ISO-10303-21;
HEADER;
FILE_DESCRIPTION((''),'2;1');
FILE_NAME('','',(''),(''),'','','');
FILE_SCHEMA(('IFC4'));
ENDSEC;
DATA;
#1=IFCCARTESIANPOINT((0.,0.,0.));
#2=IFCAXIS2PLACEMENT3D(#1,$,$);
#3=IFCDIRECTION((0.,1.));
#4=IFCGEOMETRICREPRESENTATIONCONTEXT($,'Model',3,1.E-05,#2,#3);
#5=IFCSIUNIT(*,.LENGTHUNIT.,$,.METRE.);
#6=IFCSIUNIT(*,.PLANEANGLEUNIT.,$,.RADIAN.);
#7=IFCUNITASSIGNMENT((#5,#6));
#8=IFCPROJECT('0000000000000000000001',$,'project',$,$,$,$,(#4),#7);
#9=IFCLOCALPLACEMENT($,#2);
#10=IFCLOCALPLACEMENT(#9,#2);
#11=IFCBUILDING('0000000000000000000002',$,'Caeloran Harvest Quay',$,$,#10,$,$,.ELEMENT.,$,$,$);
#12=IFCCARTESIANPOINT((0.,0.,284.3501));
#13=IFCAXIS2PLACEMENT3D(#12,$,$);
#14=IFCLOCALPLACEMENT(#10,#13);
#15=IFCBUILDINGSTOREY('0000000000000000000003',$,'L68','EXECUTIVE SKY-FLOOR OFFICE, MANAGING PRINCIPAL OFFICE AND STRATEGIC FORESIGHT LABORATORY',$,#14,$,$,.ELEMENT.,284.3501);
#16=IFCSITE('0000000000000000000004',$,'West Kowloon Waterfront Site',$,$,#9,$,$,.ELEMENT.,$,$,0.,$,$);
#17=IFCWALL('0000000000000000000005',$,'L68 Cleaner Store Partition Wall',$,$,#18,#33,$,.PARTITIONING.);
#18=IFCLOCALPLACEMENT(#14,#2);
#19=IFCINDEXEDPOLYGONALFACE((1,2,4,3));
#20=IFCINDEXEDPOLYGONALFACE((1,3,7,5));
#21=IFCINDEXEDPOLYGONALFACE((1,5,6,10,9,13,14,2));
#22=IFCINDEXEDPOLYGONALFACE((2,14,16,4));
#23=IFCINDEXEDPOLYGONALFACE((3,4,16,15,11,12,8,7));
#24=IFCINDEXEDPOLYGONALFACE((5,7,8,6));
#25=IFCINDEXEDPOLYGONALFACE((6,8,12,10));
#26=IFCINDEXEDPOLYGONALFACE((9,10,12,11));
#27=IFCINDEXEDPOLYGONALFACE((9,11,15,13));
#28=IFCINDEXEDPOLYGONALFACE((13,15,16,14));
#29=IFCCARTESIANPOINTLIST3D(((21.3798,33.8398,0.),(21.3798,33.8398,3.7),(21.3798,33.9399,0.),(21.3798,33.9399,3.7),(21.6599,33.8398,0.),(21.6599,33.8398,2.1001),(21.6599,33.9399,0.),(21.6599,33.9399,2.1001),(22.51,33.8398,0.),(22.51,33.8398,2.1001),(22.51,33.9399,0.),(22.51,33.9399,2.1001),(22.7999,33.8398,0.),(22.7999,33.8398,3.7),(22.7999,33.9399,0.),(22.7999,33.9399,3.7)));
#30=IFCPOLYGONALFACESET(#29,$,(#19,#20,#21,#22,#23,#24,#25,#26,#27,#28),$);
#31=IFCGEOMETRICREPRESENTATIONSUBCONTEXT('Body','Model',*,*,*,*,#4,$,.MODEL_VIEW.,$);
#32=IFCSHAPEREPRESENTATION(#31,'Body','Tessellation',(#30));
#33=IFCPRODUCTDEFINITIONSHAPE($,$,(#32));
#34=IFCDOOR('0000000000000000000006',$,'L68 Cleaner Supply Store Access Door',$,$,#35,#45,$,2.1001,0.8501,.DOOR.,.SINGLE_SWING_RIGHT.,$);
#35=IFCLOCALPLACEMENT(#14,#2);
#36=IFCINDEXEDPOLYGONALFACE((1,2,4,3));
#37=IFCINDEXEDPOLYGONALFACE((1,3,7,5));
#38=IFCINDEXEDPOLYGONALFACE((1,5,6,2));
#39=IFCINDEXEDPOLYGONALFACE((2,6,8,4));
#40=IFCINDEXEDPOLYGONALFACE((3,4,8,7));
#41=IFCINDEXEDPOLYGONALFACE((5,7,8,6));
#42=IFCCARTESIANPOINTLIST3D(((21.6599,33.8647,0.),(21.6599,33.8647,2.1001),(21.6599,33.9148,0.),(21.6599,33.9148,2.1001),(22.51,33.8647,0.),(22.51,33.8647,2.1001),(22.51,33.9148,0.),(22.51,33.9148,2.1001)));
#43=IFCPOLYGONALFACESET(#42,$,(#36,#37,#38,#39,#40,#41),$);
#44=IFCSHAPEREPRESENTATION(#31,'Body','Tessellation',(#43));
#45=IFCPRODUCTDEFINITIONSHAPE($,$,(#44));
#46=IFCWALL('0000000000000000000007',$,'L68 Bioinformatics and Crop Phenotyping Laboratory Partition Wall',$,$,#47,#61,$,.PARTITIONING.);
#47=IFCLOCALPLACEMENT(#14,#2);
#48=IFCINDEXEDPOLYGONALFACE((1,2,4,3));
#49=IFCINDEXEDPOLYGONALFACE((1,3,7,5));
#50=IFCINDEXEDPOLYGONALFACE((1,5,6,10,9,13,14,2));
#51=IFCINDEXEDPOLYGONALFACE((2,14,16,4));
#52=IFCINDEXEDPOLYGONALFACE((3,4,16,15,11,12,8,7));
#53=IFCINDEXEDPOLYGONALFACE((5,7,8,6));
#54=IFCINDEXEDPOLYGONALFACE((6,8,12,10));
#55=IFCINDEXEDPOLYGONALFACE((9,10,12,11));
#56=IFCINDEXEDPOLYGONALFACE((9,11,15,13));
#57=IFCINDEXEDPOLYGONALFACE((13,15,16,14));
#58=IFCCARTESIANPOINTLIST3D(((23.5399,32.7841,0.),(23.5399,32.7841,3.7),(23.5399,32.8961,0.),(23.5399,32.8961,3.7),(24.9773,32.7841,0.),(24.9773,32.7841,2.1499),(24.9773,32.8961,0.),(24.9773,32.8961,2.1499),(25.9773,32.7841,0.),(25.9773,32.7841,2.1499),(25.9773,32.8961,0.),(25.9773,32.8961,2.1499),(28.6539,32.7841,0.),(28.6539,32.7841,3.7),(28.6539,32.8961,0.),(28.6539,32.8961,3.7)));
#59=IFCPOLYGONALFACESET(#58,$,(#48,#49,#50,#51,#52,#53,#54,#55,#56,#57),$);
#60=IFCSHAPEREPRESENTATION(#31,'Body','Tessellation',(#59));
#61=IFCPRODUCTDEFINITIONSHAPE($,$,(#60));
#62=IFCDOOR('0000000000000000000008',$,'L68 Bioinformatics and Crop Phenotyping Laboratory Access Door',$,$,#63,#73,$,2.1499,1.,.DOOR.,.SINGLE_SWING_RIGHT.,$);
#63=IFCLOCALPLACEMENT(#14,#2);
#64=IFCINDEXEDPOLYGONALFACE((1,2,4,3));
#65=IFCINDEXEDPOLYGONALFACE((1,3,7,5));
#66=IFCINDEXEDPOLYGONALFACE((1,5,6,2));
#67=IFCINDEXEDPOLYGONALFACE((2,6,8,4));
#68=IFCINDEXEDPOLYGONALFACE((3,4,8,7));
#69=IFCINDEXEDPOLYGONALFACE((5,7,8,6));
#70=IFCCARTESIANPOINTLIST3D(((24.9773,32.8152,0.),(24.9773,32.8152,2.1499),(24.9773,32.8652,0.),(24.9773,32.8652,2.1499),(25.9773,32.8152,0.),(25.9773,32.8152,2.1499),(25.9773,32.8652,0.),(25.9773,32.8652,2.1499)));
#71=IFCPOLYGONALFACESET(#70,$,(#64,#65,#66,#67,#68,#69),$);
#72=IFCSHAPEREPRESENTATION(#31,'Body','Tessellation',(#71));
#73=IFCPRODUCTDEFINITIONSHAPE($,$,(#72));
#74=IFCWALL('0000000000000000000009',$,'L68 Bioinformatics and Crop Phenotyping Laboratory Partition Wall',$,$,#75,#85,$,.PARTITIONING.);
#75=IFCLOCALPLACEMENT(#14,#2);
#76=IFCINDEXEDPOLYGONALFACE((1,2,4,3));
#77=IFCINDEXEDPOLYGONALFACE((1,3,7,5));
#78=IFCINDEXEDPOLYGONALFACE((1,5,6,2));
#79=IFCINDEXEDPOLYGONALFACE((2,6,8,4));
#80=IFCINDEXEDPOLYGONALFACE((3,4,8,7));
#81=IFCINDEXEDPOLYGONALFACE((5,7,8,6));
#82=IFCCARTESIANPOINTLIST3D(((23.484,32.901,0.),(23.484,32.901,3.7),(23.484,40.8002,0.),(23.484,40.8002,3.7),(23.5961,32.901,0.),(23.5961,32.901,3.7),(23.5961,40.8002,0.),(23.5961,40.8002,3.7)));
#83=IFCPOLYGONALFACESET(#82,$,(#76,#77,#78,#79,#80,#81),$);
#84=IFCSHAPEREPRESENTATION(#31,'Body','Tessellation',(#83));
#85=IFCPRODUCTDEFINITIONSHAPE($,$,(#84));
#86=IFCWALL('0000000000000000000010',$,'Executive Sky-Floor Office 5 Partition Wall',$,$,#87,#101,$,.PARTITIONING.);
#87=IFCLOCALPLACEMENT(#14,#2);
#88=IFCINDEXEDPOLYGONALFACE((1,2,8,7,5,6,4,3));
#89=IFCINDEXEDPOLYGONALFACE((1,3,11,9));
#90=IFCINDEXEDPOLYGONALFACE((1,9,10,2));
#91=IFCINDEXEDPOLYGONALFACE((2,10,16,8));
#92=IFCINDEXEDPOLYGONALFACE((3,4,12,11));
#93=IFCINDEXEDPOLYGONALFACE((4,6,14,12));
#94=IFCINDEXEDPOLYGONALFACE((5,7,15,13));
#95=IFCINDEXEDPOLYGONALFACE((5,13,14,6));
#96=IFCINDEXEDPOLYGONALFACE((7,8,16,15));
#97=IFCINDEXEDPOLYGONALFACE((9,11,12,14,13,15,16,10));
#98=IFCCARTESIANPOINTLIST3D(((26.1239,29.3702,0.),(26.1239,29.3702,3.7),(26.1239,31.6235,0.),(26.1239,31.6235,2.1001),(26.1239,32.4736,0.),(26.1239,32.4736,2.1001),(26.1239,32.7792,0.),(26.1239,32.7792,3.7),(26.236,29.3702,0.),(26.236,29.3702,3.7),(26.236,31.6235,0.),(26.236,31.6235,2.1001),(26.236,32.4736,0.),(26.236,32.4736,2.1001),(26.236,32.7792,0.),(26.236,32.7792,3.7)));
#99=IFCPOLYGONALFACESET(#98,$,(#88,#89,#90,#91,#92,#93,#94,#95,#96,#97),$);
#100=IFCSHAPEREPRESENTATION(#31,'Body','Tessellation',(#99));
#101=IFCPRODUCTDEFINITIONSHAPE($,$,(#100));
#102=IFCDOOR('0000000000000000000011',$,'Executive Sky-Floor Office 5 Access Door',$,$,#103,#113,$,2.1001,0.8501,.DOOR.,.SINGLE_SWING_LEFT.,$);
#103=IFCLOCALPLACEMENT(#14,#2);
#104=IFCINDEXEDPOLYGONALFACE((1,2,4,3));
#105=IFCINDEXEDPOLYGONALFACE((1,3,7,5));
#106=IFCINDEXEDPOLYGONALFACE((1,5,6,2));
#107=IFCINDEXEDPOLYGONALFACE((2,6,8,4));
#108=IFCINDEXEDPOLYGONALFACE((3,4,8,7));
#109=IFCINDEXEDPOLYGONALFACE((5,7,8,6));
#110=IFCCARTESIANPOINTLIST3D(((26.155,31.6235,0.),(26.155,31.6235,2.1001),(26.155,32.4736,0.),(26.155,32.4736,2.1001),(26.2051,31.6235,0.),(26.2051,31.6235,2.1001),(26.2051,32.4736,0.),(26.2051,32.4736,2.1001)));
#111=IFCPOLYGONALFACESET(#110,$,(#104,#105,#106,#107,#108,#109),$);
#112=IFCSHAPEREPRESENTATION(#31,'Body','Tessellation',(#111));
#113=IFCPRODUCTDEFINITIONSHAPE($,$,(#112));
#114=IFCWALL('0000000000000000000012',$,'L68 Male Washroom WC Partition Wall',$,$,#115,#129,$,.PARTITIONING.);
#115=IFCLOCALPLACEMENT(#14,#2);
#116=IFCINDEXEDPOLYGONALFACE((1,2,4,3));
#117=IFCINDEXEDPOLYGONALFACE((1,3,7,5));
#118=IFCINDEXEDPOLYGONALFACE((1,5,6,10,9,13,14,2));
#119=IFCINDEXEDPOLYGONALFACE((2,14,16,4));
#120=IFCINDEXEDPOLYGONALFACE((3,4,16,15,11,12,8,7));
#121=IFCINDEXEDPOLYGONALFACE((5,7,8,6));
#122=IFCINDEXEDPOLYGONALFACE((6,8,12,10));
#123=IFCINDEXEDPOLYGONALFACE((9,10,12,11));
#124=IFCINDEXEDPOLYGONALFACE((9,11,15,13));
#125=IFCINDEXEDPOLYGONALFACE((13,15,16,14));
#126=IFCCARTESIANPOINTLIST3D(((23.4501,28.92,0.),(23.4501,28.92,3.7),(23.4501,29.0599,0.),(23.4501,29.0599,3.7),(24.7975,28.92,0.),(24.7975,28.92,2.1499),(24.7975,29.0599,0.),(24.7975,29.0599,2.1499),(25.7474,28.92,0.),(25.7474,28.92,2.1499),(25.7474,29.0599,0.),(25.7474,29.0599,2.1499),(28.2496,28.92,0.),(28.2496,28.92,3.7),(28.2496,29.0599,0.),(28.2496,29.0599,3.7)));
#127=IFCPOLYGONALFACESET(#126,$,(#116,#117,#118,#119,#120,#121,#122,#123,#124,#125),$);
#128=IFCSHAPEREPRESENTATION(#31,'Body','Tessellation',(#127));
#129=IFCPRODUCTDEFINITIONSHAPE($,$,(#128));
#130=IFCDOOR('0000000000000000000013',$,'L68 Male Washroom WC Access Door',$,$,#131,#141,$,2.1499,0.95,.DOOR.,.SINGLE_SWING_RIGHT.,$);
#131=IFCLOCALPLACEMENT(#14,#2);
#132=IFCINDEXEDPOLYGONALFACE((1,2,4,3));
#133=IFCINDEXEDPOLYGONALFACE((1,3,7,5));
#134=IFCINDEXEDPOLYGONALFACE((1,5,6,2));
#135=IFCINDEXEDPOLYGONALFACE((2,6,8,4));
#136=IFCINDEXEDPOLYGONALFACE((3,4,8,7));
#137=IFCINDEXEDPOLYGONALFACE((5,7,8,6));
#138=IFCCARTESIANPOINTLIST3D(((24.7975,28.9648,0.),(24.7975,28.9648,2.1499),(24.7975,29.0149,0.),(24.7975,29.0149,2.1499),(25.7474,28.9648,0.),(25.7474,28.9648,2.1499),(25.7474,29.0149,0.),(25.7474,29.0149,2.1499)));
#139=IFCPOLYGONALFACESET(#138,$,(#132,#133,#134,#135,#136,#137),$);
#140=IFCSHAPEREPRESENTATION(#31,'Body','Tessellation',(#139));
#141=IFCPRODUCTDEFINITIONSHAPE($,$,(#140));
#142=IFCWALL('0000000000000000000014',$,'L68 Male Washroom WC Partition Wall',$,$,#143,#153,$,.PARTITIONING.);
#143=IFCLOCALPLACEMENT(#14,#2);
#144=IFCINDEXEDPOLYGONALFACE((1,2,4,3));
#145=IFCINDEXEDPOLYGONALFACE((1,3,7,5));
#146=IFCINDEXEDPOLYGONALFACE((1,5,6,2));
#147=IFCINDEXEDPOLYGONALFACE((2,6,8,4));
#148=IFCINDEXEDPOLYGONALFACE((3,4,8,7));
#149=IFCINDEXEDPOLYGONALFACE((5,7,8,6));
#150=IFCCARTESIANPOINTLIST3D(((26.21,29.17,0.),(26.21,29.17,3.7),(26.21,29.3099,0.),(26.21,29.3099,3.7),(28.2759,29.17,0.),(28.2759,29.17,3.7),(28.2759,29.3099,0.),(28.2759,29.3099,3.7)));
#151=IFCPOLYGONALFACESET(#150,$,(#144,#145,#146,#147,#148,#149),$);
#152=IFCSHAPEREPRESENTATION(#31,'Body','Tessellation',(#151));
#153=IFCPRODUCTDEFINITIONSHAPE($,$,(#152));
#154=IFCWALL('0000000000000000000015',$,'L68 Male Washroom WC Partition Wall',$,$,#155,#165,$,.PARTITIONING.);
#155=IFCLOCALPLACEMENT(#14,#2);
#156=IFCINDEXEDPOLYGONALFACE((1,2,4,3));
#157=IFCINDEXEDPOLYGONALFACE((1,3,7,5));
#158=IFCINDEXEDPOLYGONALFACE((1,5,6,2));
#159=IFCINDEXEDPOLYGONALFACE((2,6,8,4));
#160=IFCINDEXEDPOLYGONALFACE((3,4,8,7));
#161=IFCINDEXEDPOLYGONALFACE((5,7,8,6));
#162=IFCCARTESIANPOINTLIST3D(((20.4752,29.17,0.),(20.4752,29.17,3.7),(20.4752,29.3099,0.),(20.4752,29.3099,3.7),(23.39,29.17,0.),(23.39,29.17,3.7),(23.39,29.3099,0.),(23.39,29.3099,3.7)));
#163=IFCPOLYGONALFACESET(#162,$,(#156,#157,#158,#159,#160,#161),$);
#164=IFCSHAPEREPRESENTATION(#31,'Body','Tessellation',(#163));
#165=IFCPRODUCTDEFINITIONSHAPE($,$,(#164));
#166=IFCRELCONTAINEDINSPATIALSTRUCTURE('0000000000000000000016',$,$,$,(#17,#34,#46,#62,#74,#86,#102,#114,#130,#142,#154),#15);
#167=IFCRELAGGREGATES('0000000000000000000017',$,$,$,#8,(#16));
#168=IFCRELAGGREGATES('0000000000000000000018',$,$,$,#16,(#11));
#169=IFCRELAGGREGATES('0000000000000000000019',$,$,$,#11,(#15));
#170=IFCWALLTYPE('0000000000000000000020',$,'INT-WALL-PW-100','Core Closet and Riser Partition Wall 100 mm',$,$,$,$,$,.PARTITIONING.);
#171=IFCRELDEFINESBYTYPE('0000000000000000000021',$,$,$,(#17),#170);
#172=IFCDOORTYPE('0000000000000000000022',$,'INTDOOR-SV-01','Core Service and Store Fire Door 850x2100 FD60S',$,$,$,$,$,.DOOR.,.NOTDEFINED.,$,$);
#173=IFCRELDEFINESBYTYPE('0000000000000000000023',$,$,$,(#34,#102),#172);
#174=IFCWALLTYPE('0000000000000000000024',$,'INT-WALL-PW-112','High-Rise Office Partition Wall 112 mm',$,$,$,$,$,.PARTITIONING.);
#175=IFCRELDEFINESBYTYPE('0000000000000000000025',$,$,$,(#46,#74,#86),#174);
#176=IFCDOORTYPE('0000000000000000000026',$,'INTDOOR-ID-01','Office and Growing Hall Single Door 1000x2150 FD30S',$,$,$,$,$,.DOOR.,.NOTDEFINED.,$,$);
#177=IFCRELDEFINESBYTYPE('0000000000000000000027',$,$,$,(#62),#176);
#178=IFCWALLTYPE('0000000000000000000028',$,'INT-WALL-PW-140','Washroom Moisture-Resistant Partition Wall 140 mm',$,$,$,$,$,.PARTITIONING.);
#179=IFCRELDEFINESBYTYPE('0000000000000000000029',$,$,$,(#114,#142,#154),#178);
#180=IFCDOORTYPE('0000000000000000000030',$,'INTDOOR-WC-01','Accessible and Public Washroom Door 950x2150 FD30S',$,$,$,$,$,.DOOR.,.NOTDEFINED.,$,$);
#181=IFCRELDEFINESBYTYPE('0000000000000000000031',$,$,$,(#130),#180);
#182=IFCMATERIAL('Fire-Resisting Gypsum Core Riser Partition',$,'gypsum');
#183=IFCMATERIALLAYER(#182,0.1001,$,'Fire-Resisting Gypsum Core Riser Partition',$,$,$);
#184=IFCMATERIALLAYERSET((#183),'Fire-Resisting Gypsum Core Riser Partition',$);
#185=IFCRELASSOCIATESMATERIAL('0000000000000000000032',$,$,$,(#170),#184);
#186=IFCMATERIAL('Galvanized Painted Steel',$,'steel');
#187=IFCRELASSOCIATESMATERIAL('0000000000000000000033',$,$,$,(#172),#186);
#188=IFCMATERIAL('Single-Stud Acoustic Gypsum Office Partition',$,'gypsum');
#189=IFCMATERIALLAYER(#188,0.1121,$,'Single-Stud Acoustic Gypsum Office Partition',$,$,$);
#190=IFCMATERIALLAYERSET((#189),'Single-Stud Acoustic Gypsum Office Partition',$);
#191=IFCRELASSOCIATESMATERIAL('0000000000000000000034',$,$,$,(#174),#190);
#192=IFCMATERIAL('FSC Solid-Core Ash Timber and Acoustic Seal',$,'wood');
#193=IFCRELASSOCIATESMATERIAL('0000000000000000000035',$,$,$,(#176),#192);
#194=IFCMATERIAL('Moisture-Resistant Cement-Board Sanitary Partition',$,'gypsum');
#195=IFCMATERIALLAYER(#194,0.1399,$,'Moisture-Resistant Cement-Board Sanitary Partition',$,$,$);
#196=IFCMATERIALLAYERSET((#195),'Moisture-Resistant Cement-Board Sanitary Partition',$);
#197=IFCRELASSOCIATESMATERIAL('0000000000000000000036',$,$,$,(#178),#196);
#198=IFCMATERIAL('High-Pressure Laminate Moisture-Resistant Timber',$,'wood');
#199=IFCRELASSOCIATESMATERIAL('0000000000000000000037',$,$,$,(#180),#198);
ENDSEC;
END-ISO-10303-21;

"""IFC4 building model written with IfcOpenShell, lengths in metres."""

from ifc_helpers import new_model, si_unit, direction, frame, frame_2d, origin, place, context, subcontext, project, spatial, rectangle, extrude, material, layer, layer_set, type_object, element, fill, save


model = new_model("IFC4")

# Units and contexts
model_context = context("Model", 3, precision=1e-05, world=origin(), true_north=direction((0.0, 1.0)))
body_context = subcontext(model_context, "Body", "Model", "MODEL_VIEW")
ifc_project = project(units=[si_unit("LENGTHUNIT", "METRE"), si_unit("PLANEANGLEUNIT", "RADIAN")], contexts=[model_context])

# Site, building, storey
site_placement = place(None, origin())
site = spatial("IfcSite", under=ifc_project, at=site_placement, Name="West Kowloon Waterfront Site", CompositionType="ELEMENT", RefElevation=0.0)
building_placement = place(site_placement, origin())
building = spatial("IfcBuilding", under=site, at=building_placement, Name="Caeloran Harvest Quay", CompositionType="ELEMENT")
storey_placement = place(building_placement, frame((0.0, 0.0, 284.3501)))
storey = spatial("IfcBuildingStorey", under=building, at=storey_placement, Name="L68", Description="EXECUTIVE SKY-FLOOR OFFICE, MANAGING PRINCIPAL OFFICE AND STRATEGIC FORESIGHT LABORATORY", CompositionType="ELEMENT", Elevation=284.3501)

# Walls, openings, doors
ifc_material_1 = material(Name="Fire-Resisting Gypsum Core Riser Partition", Category="gypsum")
ifc_layer_1 = layer(ifc_material_1, 0.1001, Name="Fire-Resisting Gypsum Core Riser Partition")
ifc_layer_set_1 = layer_set([ifc_layer_1], Name="Fire-Resisting Gypsum Core Riser Partition")
wall_type_1 = type_object("IfcWallType", Name="INT-WALL-PW-100", Description="Core Closet and Riser Partition Wall 100 mm", PredefinedType="PARTITIONING", material=ifc_layer_set_1)
wall_1_placement = place(storey_placement, frame((21.3799, 33.8899, 0.0), z_axis=(0.0, 0.0, 1.0), x_axis=(1.0, 0.0, 0.0)))
wall_1 = element("IfcWall", 1, at=wall_1_placement, inside=storey, type_object=wall_type_1, Name="L68 Cleaner Store Partition Wall", PredefinedType="PARTITIONING", context=body_context, shape_type="SweptSolid", body=[
    extrude(rectangle(XDim=1.4202, YDim=0.1001, at=frame_2d((0.71, 0.0))), origin(), (0.0, 0.0, 1.0), 3.7),
])
opening_1_placement = place(wall_1_placement, frame((0.28, 0.0, 0.0)))
opening_1 = element("IfcOpeningElement", 2, at=opening_1_placement, cuts=wall_1, PredefinedType="OPENING", context=body_context, shape_type="SweptSolid", body=[
    extrude(rectangle(XDim=0.8501, YDim=2.1001, at=frame_2d((0.425, 1.05))), frame((0.0, 0.0601, 0.0), z_axis=(0.0, -1.0, 0.0), x_axis=(1.0, 0.0, 0.0)), (0.0, 0.0, 1.0), 0.1201),
])
ifc_material_2 = material(Name="Galvanized Painted Steel", Category="steel")
door_type_1 = type_object("IfcDoorType", Name="INTDOOR-SV-01", Description="Core Service and Store Fire Door 850x2100 FD60S", OperationType="NOTDEFINED", PredefinedType="DOOR", material=ifc_material_2)
door_1_placement = place(opening_1_placement, origin())
door_1 = element("IfcDoor", 3, at=door_1_placement, inside=storey, type_object=door_type_1, Name="L68 Cleaner Supply Store Access Door", OperationType="SINGLE_SWING_RIGHT", OverallHeight=2.1001, OverallWidth=0.8501, PredefinedType="DOOR", context=body_context, shape_type="SweptSolid", body=[
    extrude(rectangle(XDim=0.8501, YDim=2.1001, at=frame_2d((0.425, 1.05))), frame((0.0, 0.0249, 0.0), z_axis=(0.0, -1.0, 0.0), x_axis=(1.0, 0.0, 0.0)), (0.0, 0.0, 1.0), 0.05),
])
fill(opening_1, door_1)
ifc_material_3 = material(Name="Single-Stud Acoustic Gypsum Office Partition", Category="gypsum")
ifc_layer_2 = layer(ifc_material_3, 0.1121, Name="Single-Stud Acoustic Gypsum Office Partition")
ifc_layer_set_2 = layer_set([ifc_layer_2], Name="Single-Stud Acoustic Gypsum Office Partition")
wall_type_2 = type_object("IfcWallType", Name="INT-WALL-PW-112", Description="High-Rise Office Partition Wall 112 mm", PredefinedType="PARTITIONING", material=ifc_layer_set_2)
wall_2_placement = place(storey_placement, frame((28.6541, 32.8401, 0.0), z_axis=(0.0, 0.0, 1.0), x_axis=(-1.0, 0.0, 0.0)))
wall_2 = element("IfcWall", 4, at=wall_2_placement, inside=storey, type_object=wall_type_2, Name="L68 Bioinformatics and Crop Phenotyping Laboratory Partition Wall", PredefinedType="PARTITIONING", context=body_context, shape_type="SweptSolid", body=[
    extrude(rectangle(XDim=5.114, YDim=0.1121, at=frame_2d((2.5571, 0.0))), origin(), (0.0, 0.0, 1.0), 3.7),
])
opening_2_placement = place(wall_2_placement, frame((2.6768, 0.0, 0.0)))
opening_2 = element("IfcOpeningElement", 5, at=opening_2_placement, cuts=wall_2, PredefinedType="OPENING", context=body_context, shape_type="SweptSolid", body=[
    extrude(rectangle(XDim=1.0, YDim=2.1499, at=frame_2d((0.5, 1.075))), frame((0.0, 0.0659, 0.0), z_axis=(0.0, -1.0, 0.0), x_axis=(1.0, 0.0, 0.0)), (0.0, 0.0, 1.0), 0.1321),
])
ifc_material_4 = material(Name="FSC Solid-Core Ash Timber and Acoustic Seal", Category="wood")
door_type_2 = type_object("IfcDoorType", Name="INTDOOR-ID-01", Description="Office and Growing Hall Single Door 1000x2150 FD30S", OperationType="NOTDEFINED", PredefinedType="DOOR", material=ifc_material_4)
door_2_placement = place(opening_2_placement, origin())
door_2 = element("IfcDoor", 6, at=door_2_placement, inside=storey, type_object=door_type_2, Name="L68 Bioinformatics and Crop Phenotyping Laboratory Access Door", OperationType="SINGLE_SWING_RIGHT", OverallHeight=2.1499, OverallWidth=1.0, PredefinedType="DOOR", context=body_context, shape_type="SweptSolid", body=[
    extrude(rectangle(XDim=1.0, YDim=2.1499, at=frame_2d((0.5, 1.075))), frame((0.0, 0.0249, 0.0), z_axis=(0.0, -1.0, 0.0), x_axis=(1.0, 0.0, 0.0)), (0.0, 0.0, 1.0), 0.05),
])
fill(opening_2, door_2)

# Wall
wall_3_placement = place(storey_placement, frame((23.54, 32.9009, 0.0), z_axis=(0.0, 0.0, 1.0), x_axis=(0.0, 1.0, 0.0)))
element("IfcWall", 7, at=wall_3_placement, inside=storey, type_object=wall_type_2, Name="L68 Bioinformatics and Crop Phenotyping Laboratory Partition Wall", PredefinedType="PARTITIONING", context=body_context, shape_type="SweptSolid", body=[
    extrude(rectangle(XDim=7.8992, YDim=0.1121, at=frame_2d((3.9497, 0.0))), origin(), (0.0, 0.0, 1.0), 3.7),
])

# Walls, openings, doors
wall_4_placement = place(storey_placement, frame((26.1799, 29.3701, 0.0), z_axis=(0.0, 0.0, 1.0), x_axis=(0.0, 1.0, 0.0)))
wall_4 = element("IfcWall", 8, at=wall_4_placement, inside=storey, type_object=wall_type_2, Name="Executive Sky-Floor Office 5 Partition Wall", PredefinedType="PARTITIONING", context=body_context, shape_type="SweptSolid", body=[
    extrude(rectangle(XDim=3.4089, YDim=0.1121, at=frame_2d((1.7046, 0.0))), origin(), (0.0, 0.0, 1.0), 3.7),
])
opening_3_placement = place(wall_4_placement, frame((2.2534, 0.0, 0.0)))
opening_3 = element("IfcOpeningElement", 9, at=opening_3_placement, cuts=wall_4, PredefinedType="OPENING", context=body_context, shape_type="SweptSolid", body=[
    extrude(rectangle(XDim=0.8501, YDim=2.1001, at=frame_2d((0.425, 1.05))), frame((0.0, 0.0659, 0.0), z_axis=(0.0, -1.0, 0.0), x_axis=(1.0, 0.0, 0.0)), (0.0, 0.0, 1.0), 0.1321),
])
door_3_placement = place(opening_3_placement, origin())
door_3 = element("IfcDoor", 10, at=door_3_placement, inside=storey, type_object=door_type_1, Name="Executive Sky-Floor Office 5 Access Door", OperationType="SINGLE_SWING_LEFT", OverallHeight=2.1001, OverallWidth=0.8501, PredefinedType="DOOR", context=body_context, shape_type="SweptSolid", body=[
    extrude(rectangle(XDim=0.8501, YDim=2.1001, at=frame_2d((0.425, 1.05))), frame((0.0, 0.0249, 0.0), z_axis=(0.0, -1.0, 0.0), x_axis=(1.0, 0.0, 0.0)), (0.0, 0.0, 1.0), 0.05),
])
fill(opening_3, door_3)
ifc_material_5 = material(Name="Moisture-Resistant Cement-Board Sanitary Partition", Category="gypsum")
ifc_layer_3 = layer(ifc_material_5, 0.1399, Name="Moisture-Resistant Cement-Board Sanitary Partition")
ifc_layer_set_3 = layer_set([ifc_layer_3], Name="Moisture-Resistant Cement-Board Sanitary Partition")
wall_type_3 = type_object("IfcWallType", Name="INT-WALL-PW-140", Description="Washroom Moisture-Resistant Partition Wall 140 mm", PredefinedType="PARTITIONING", material=ifc_layer_set_3)
wall_5_placement = place(storey_placement, frame((23.45, 28.99, 0.0), z_axis=(0.0, 0.0, 1.0), x_axis=(1.0, 0.0, 0.0)))
wall_5 = element("IfcWall", 11, at=wall_5_placement, inside=storey, type_object=wall_type_3, Name="L68 Male Washroom WC Partition Wall", PredefinedType="PARTITIONING", context=body_context, shape_type="SweptSolid", body=[
    extrude(rectangle(XDim=4.7996, YDim=0.1399, at=frame_2d((2.3999, 0.0))), origin(), (0.0, 0.0, 1.0), 3.7),
])
opening_4_placement = place(wall_5_placement, frame((1.3474, 0.0, 0.0)))
opening_4 = element("IfcOpeningElement", 12, at=opening_4_placement, cuts=wall_5, PredefinedType="OPENING", context=body_context, shape_type="SweptSolid", body=[
    extrude(rectangle(XDim=0.95, YDim=2.1499, at=frame_2d((0.4751, 1.075))), frame((0.0, 0.0801, 0.0), z_axis=(0.0, -1.0, 0.0), x_axis=(1.0, 0.0, 0.0)), (0.0, 0.0, 1.0), 0.1599),
])
ifc_material_6 = material(Name="High-Pressure Laminate Moisture-Resistant Timber", Category="wood")
door_type_3 = type_object("IfcDoorType", Name="INTDOOR-WC-01", Description="Accessible and Public Washroom Door 950x2150 FD30S", OperationType="NOTDEFINED", PredefinedType="DOOR", material=ifc_material_6)
door_4_placement = place(opening_4_placement, origin())
door_4 = element("IfcDoor", 13, at=door_4_placement, inside=storey, type_object=door_type_3, Name="L68 Male Washroom WC Access Door", OperationType="SINGLE_SWING_RIGHT", OverallHeight=2.1499, OverallWidth=0.95, PredefinedType="DOOR", context=body_context, shape_type="SweptSolid", body=[
    extrude(rectangle(XDim=0.95, YDim=2.1499, at=frame_2d((0.4751, 1.075))), frame((0.0, 0.0249, 0.0), z_axis=(0.0, -1.0, 0.0), x_axis=(1.0, 0.0, 0.0)), (0.0, 0.0, 1.0), 0.05),
])
fill(opening_4, door_4)

# Walls
wall_6_placement = place(storey_placement, frame((26.21, 29.24, 0.0), z_axis=(0.0, 0.0, 1.0), x_axis=(1.0, 0.0, 0.0)))
element("IfcWall", 14, at=wall_6_placement, inside=storey, type_object=wall_type_3, Name="L68 Male Washroom WC Partition Wall", PredefinedType="PARTITIONING", context=body_context, shape_type="SweptSolid", body=[
    extrude(rectangle(XDim=2.0659, YDim=0.1399, at=frame_2d((1.033, 0.0))), origin(), (0.0, 0.0, 1.0), 3.7),
])
wall_7_placement = place(storey_placement, frame((20.4751, 29.24, 0.0), z_axis=(0.0, 0.0, 1.0), x_axis=(1.0, 0.0, 0.0)))
element("IfcWall", 15, at=wall_7_placement, inside=storey, type_object=wall_type_3, Name="L68 Male Washroom WC Partition Wall", PredefinedType="PARTITIONING", context=body_context, shape_type="SweptSolid", body=[
    extrude(rectangle(XDim=2.9148, YDim=0.1399, at=frame_2d((1.4575, 0.0))), origin(), (0.0, 0.0, 1.0), 3.7),
])

save(model, "model.ifc")
